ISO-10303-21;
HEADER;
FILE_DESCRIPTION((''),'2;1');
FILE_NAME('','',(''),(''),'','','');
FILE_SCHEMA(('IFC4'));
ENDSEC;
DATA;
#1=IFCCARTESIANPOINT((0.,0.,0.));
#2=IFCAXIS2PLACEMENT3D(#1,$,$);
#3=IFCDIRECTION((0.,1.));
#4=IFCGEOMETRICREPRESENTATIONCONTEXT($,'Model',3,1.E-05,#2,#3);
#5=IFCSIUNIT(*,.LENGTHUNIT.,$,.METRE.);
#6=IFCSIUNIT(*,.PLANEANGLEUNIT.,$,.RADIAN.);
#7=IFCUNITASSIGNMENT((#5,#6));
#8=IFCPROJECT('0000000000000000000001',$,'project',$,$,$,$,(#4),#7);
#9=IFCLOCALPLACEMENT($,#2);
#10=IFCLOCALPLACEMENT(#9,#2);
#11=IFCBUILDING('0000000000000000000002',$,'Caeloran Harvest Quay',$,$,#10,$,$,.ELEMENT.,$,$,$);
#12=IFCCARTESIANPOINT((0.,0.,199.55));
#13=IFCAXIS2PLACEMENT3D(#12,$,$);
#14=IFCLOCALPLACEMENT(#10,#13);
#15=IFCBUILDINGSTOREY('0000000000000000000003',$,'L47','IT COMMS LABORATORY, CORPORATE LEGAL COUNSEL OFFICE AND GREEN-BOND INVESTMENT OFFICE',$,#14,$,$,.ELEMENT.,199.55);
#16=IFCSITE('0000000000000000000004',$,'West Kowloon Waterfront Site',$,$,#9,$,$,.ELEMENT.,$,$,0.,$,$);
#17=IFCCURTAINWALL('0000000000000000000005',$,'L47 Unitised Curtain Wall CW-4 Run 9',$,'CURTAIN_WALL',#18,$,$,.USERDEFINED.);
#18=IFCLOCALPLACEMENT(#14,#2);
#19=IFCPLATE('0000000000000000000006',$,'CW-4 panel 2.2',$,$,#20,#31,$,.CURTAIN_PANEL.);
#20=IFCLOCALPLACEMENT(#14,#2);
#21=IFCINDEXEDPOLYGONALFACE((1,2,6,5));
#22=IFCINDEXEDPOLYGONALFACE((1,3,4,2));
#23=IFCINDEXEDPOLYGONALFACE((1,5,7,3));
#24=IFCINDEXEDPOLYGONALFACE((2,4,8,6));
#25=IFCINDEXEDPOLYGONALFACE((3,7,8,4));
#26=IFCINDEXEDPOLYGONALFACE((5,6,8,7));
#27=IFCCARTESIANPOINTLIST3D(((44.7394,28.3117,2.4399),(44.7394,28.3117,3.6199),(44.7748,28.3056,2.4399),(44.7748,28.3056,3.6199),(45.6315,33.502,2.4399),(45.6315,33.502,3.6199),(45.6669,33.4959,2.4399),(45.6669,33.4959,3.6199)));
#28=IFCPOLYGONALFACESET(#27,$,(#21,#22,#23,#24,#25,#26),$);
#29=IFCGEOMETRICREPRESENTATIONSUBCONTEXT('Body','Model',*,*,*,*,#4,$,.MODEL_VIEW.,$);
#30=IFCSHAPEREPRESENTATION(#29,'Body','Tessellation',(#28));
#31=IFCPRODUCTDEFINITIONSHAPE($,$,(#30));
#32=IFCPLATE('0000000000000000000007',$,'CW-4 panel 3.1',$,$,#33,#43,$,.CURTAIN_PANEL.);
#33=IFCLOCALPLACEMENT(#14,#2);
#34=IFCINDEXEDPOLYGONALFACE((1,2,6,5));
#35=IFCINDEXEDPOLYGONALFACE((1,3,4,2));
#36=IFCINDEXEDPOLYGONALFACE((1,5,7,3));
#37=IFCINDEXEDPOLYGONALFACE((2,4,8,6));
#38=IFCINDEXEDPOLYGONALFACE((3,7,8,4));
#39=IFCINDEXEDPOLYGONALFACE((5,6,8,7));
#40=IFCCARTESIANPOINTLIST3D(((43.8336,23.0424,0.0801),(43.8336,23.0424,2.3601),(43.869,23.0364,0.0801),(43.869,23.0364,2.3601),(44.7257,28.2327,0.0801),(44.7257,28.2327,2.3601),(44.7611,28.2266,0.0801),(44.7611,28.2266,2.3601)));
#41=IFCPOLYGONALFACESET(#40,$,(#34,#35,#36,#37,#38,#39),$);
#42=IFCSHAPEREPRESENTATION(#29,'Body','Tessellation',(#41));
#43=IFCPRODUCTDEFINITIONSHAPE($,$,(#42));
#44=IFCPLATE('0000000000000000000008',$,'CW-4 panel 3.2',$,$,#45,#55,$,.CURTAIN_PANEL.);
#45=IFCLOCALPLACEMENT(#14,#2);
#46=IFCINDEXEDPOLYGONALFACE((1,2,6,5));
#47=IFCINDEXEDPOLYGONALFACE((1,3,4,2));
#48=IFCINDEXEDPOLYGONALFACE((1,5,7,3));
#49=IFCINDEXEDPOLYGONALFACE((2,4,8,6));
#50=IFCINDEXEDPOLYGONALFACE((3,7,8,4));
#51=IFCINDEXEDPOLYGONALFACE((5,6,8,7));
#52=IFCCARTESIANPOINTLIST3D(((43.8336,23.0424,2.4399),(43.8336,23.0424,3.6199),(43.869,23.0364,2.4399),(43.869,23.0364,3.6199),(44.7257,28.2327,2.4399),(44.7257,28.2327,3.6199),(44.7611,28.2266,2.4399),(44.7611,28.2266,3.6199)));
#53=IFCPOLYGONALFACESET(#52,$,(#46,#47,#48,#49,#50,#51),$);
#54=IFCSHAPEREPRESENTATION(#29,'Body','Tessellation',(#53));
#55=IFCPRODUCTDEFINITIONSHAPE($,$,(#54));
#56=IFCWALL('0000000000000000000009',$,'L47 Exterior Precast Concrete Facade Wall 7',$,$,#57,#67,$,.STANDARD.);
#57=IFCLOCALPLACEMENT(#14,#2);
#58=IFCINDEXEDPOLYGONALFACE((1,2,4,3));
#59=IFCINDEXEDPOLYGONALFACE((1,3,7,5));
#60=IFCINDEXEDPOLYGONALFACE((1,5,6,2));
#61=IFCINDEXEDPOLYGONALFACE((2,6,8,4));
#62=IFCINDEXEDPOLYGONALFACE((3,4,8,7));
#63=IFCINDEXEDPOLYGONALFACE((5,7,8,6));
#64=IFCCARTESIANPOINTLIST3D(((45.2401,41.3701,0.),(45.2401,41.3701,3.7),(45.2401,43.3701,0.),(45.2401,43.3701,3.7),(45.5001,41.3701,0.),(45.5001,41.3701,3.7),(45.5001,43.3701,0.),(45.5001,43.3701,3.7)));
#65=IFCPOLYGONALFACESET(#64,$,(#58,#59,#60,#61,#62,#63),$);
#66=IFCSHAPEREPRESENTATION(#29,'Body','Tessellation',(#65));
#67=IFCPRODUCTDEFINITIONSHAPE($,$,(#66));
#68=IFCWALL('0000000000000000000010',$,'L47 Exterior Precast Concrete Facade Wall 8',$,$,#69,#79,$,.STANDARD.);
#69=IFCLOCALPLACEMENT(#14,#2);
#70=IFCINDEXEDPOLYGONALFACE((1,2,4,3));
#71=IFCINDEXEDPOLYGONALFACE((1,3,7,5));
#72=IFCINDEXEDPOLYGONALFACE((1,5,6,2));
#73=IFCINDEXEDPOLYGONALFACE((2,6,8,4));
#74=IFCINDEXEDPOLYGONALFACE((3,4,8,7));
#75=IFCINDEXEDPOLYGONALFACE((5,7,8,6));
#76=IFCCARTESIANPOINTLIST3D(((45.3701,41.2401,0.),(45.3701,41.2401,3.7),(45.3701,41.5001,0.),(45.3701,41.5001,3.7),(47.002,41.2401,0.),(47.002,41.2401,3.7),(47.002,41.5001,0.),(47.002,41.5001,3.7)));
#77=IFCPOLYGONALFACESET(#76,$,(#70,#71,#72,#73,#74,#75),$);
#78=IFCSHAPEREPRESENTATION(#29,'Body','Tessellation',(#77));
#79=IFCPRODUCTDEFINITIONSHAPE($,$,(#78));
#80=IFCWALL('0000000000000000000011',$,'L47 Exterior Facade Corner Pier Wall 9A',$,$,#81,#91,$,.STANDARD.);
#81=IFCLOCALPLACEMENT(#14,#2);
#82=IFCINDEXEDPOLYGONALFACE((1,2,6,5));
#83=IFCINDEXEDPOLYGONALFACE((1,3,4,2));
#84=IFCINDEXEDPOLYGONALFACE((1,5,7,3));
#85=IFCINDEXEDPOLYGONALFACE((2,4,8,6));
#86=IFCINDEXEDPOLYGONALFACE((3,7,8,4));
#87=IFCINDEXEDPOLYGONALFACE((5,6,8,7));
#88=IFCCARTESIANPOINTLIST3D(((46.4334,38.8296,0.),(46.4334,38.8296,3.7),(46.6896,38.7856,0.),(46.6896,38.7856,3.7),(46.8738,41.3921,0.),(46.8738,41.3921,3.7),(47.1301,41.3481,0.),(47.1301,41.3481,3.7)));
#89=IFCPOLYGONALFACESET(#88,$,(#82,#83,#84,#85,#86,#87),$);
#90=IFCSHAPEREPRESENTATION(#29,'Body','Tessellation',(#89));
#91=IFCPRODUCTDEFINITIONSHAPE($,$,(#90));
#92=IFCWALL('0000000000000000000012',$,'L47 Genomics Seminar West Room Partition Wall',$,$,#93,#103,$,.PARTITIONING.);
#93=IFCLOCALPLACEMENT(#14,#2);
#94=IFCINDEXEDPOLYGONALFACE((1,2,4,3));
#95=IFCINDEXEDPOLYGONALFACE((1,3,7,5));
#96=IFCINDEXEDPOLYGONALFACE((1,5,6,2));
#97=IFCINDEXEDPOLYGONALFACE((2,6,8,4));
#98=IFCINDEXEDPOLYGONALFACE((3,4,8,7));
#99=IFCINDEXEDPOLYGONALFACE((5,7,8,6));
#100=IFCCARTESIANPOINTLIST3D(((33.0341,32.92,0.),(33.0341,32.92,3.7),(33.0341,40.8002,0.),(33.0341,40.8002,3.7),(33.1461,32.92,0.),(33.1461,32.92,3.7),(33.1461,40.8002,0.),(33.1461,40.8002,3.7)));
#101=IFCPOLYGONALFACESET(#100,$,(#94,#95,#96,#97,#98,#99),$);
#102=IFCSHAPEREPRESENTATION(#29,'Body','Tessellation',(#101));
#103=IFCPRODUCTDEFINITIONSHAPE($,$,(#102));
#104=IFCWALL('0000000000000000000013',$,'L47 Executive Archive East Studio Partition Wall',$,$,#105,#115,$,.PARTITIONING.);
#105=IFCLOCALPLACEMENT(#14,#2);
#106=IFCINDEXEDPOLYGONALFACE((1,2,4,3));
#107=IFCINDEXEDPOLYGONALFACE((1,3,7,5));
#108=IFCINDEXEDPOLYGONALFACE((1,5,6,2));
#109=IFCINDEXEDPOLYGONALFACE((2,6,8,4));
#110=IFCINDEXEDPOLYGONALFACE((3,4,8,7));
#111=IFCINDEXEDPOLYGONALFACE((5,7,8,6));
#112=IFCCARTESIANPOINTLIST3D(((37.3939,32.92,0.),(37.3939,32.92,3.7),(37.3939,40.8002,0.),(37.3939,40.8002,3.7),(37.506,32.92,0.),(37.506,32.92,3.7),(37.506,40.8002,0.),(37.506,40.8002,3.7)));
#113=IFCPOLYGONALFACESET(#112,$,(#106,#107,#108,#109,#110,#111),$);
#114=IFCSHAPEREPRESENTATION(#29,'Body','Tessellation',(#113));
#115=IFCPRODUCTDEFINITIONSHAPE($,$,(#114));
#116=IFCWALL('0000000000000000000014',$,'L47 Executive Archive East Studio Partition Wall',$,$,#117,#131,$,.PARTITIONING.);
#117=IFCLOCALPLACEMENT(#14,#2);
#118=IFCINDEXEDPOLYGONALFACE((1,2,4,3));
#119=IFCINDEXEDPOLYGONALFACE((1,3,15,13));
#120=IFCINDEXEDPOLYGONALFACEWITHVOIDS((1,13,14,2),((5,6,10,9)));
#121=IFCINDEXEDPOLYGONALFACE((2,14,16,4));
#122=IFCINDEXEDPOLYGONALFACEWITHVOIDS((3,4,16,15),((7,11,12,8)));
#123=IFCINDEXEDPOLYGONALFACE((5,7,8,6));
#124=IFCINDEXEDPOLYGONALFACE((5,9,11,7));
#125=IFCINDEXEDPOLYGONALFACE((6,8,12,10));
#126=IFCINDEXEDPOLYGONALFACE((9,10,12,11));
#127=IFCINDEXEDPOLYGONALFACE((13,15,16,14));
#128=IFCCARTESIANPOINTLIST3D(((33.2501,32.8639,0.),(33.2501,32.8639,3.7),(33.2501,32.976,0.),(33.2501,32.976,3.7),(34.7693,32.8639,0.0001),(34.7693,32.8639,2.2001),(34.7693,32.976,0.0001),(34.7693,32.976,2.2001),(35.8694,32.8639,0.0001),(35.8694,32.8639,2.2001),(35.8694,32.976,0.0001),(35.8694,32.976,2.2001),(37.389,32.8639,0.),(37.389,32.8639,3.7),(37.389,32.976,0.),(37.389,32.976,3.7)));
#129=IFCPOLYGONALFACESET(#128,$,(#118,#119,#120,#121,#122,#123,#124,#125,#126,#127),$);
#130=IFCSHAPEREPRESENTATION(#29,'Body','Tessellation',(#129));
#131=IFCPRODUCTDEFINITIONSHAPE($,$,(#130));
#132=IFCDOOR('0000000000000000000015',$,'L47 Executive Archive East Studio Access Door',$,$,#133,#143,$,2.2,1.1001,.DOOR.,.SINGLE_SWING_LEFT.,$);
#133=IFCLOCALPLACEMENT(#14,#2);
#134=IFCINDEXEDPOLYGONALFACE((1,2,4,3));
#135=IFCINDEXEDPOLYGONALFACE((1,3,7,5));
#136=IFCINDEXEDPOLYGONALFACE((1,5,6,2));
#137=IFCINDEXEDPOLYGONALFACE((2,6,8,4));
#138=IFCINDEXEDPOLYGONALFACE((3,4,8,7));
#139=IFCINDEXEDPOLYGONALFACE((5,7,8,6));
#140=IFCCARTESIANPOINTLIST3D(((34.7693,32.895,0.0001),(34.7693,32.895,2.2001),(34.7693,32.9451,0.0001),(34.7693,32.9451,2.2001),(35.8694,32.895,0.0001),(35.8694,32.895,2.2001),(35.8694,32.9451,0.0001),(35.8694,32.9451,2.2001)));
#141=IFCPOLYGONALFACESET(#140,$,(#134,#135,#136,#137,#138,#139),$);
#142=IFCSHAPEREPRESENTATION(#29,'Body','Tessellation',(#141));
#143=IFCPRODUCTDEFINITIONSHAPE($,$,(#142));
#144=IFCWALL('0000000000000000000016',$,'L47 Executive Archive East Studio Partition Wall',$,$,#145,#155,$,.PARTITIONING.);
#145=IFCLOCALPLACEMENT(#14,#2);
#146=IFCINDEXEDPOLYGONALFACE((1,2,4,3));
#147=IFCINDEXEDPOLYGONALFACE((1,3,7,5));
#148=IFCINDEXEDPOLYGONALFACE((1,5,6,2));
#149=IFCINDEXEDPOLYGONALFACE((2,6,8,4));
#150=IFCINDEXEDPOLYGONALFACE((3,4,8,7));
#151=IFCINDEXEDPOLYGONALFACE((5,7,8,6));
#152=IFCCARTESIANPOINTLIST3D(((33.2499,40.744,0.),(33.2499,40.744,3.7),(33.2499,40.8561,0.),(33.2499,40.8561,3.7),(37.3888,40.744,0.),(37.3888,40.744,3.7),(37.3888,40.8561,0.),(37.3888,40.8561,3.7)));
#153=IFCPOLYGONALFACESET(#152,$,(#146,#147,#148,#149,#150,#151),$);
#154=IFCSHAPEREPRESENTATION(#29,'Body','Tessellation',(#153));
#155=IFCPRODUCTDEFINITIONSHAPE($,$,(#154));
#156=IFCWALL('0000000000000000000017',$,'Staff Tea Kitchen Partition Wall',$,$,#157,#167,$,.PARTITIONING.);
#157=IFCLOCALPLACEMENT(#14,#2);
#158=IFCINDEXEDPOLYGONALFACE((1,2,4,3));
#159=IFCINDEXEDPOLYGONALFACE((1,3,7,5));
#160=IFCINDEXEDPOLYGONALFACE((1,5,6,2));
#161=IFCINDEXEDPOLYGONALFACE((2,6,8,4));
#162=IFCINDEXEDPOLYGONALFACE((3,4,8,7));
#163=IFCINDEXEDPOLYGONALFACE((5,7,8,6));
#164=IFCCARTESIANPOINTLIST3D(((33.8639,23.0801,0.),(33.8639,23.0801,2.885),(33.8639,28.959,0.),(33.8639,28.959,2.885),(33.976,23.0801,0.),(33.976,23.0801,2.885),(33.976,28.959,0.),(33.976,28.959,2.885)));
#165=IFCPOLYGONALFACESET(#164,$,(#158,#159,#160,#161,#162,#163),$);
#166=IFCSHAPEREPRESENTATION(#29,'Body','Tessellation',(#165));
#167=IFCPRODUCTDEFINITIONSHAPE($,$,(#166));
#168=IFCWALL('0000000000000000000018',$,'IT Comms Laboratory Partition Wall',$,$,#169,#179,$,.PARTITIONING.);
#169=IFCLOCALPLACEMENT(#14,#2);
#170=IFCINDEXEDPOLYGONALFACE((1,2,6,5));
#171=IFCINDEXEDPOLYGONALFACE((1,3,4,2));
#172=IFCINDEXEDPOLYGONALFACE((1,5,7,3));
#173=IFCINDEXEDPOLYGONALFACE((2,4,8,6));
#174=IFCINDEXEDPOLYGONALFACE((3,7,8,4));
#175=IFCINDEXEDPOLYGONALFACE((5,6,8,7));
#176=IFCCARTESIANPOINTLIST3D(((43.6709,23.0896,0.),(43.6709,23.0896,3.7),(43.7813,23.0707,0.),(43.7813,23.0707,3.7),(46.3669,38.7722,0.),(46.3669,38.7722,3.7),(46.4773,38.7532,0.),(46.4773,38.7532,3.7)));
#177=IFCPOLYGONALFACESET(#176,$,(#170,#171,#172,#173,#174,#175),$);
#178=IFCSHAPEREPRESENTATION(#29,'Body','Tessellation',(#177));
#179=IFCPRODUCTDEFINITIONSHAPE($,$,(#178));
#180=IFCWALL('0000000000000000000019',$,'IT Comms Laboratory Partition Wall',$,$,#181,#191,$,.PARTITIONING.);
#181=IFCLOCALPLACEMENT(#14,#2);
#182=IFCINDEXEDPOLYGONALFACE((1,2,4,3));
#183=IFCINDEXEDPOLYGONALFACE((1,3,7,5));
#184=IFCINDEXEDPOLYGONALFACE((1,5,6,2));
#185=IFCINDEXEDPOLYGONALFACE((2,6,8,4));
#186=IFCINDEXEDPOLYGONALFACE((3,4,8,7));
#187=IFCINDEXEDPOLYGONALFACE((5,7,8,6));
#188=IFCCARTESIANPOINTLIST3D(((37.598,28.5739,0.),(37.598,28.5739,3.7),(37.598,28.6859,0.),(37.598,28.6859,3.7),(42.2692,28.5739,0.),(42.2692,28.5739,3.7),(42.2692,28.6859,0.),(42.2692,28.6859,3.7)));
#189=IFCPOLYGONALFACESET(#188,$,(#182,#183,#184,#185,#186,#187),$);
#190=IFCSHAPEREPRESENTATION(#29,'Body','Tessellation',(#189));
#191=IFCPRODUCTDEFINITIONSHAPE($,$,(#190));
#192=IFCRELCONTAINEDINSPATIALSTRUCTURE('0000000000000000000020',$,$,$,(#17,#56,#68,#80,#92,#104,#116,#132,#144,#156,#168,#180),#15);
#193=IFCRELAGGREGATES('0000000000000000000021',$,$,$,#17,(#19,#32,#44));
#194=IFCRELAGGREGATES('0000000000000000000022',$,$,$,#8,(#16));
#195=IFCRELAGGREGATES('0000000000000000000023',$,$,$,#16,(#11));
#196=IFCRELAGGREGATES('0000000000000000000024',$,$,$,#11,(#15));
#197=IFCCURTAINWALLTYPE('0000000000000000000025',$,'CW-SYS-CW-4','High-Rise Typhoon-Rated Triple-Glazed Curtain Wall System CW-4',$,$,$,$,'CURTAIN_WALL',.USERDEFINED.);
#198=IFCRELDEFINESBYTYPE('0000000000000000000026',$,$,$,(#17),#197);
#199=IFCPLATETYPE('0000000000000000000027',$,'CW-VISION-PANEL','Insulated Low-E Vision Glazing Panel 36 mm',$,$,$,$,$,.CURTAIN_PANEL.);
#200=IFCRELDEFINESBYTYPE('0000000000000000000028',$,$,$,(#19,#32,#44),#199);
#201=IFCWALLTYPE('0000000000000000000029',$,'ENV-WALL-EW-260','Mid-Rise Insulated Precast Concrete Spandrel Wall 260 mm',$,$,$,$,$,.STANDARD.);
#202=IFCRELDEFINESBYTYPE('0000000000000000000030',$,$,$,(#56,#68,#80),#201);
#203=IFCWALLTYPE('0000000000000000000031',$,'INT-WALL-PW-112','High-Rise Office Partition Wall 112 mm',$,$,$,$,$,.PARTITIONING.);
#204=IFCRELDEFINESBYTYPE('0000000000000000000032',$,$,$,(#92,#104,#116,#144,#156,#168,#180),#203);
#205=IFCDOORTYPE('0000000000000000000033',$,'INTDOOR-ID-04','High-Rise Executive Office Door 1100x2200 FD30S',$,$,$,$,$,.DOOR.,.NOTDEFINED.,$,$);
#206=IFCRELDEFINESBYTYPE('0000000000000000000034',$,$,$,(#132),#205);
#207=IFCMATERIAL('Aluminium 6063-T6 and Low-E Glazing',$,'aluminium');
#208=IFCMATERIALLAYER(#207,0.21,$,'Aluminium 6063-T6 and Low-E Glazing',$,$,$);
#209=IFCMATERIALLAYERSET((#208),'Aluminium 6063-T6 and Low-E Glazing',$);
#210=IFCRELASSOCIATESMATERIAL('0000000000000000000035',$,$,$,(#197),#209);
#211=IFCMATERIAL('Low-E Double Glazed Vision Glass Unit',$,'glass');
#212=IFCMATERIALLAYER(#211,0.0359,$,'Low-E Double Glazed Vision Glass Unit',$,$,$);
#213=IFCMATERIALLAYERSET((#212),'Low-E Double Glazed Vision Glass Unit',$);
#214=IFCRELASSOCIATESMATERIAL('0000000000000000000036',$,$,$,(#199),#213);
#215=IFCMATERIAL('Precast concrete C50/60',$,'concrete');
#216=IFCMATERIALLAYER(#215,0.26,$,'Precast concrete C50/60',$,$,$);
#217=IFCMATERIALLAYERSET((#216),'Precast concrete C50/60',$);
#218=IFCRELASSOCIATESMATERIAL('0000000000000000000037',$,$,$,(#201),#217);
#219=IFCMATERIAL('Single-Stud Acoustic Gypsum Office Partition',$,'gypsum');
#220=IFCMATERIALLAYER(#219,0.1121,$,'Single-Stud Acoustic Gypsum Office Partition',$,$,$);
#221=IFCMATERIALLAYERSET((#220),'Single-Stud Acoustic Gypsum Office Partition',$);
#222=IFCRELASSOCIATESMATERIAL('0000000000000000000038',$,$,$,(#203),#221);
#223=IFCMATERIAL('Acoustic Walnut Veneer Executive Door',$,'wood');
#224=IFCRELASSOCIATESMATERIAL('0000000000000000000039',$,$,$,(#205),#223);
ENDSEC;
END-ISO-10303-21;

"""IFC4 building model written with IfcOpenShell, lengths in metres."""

from ifc_helpers import new_model, si_unit, direction, frame, frame_2d, origin, origin_2d, place, context, subcontext, project, spatial, rectangle, extrude, material, layer, layer_set, type_object, element, fill, aggregate, save


model = new_model("IFC4")

# Units and contexts
model_context = context("Model", 3, precision=1e-05, world=origin(), true_north=direction((0.0, 1.0)))
body_context = subcontext(model_context, "Body", "Model", "MODEL_VIEW")
ifc_project = project(units=[si_unit("LENGTHUNIT", "METRE"), si_unit("PLANEANGLEUNIT", "RADIAN")], contexts=[model_context])

# Site, building, storey
site_placement = place(None, origin())
site = spatial("IfcSite", under=ifc_project, at=site_placement, Name="West Kowloon Waterfront Site", CompositionType="ELEMENT", RefElevation=0.0)
building_placement = place(site_placement, origin())
building = spatial("IfcBuilding", under=site, at=building_placement, Name="Caeloran Harvest Quay", CompositionType="ELEMENT")
storey_placement = place(building_placement, frame((0.0, 0.0, 199.55)))
storey = spatial("IfcBuildingStorey", under=building, at=storey_placement, Name="L47", Description="IT COMMS LABORATORY, CORPORATE LEGAL COUNSEL OFFICE AND GREEN-BOND INVESTMENT OFFICE", CompositionType="ELEMENT", Elevation=199.55)

# Curtain wall, plates
ifc_material_1 = material(Name="Aluminium 6063-T6 and Low-E Glazing", Category="aluminium")
ifc_layer_1 = layer(ifc_material_1, 0.21, Name="Aluminium 6063-T6 and Low-E Glazing")
ifc_layer_set_1 = layer_set([ifc_layer_1], Name="Aluminium 6063-T6 and Low-E Glazing")
curtain_wall_type = type_object("IfcCurtainWallType", Name="CW-SYS-CW-4", Description="High-Rise Typhoon-Rated Triple-Glazed Curtain Wall System CW-4", ElementType="CURTAIN_WALL", PredefinedType="USERDEFINED", material=ifc_layer_set_1)
curtain_wall_placement = place(storey_placement, origin())
curtain_wall = element("IfcCurtainWall", 1, at=curtain_wall_placement, inside=storey, type_object=curtain_wall_type, Name="L47 Unitised Curtain Wall CW-4 Run 9", ObjectType="CURTAIN_WALL", PredefinedType="USERDEFINED")
ifc_material_2 = material(Name="Low-E Double Glazed Vision Glass Unit", Category="glass")
ifc_layer_2 = layer(ifc_material_2, 0.0359, Name="Low-E Double Glazed Vision Glass Unit")
ifc_layer_set_2 = layer_set([ifc_layer_2], Name="Low-E Double Glazed Vision Glass Unit")
plate_type = type_object("IfcPlateType", Name="CW-VISION-PANEL", Description="Insulated Low-E Vision Glazing Panel 36 mm", PredefinedType="CURTAIN_PANEL", material=ifc_layer_set_2)
plate_1_placement = place(storey_placement, frame((45.2031, 30.9038, 2.4399), z_axis=(0.0, 0.0, 1.0), x_axis=(-0.169392, -0.985549, 0.0)))
plate_1 = element("IfcPlate", 2, at=plate_1_placement, type_object=plate_type, Name="CW-4 panel 2.2", PredefinedType="CURTAIN_PANEL", context=body_context, shape_type="SweptSolid", body=[
    extrude(rectangle(XDim=5.2664, YDim=0.0359, at=origin_2d()), origin(), (0.0, 0.0, 1.0), 1.1799),
])
plate_2_placement = place(storey_placement, frame((44.2974, 25.6345, 0.0801), z_axis=(0.0, 0.0, 1.0), x_axis=(-0.169392, -0.985549, 0.0)))
plate_2 = element("IfcPlate", 3, at=plate_2_placement, type_object=plate_type, Name="CW-4 panel 3.1", PredefinedType="CURTAIN_PANEL", context=body_context, shape_type="SweptSolid", body=[
    extrude(rectangle(XDim=5.2664, YDim=0.0359, at=origin_2d()), origin(), (0.0, 0.0, 1.0), 2.28),
])
plate_3_placement = place(storey_placement, frame((44.2974, 25.6345, 2.4399), z_axis=(0.0, 0.0, 1.0), x_axis=(-0.169392, -0.985549, 0.0)))
plate_3 = element("IfcPlate", 4, at=plate_3_placement, type_object=plate_type, Name="CW-4 panel 3.2", PredefinedType="CURTAIN_PANEL", context=body_context, shape_type="SweptSolid", body=[
    extrude(rectangle(XDim=5.2664, YDim=0.0359, at=origin_2d()), origin(), (0.0, 0.0, 1.0), 1.1799),
])
aggregate(curtain_wall, [plate_1, plate_2, plate_3])

# Walls
ifc_material_3 = material(Name="Precast concrete C50/60", Category="concrete")
ifc_layer_3 = layer(ifc_material_3, 0.26, Name="Precast concrete C50/60")
ifc_layer_set_3 = layer_set([ifc_layer_3], Name="Precast concrete C50/60")
wall_type_1 = type_object("IfcWallType", Name="ENV-WALL-EW-260", Description="Mid-Rise Insulated Precast Concrete Spandrel Wall 260 mm", PredefinedType="STANDARD", material=ifc_layer_set_3)
wall_1_placement = place(storey_placement, frame((45.3701, 43.3701, 0.0), z_axis=(0.0, 0.0, 1.0), x_axis=(0.0, -1.0, 0.0)))
element("IfcWall", 5, at=wall_1_placement, inside=storey, type_object=wall_type_1, Name="L47 Exterior Precast Concrete Facade Wall 7", PredefinedType="STANDARD", context=body_context, shape_type="SweptSolid", body=[
    extrude(rectangle(XDim=2.0, YDim=0.26, at=frame_2d((1.0, 0.0))), origin(), (0.0, 0.0, 1.0), 3.7),
])
wall_2_placement = place(storey_placement, frame((45.3701, 41.3701, 0.0), z_axis=(0.0, 0.0, 1.0), x_axis=(1.0, 0.0, 0.0)))
element("IfcWall", 6, at=wall_2_placement, inside=storey, type_object=wall_type_1, Name="L47 Exterior Precast Concrete Facade Wall 8", PredefinedType="STANDARD", context=body_context, shape_type="SweptSolid", body=[
    extrude(rectangle(XDim=1.6318, YDim=0.26, at=frame_2d((0.8159, 0.0))), origin(), (0.0, 0.0, 1.0), 3.7),
])
wall_3_placement = place(storey_placement, frame((47.002, 41.3701, 0.0), z_axis=(0.0, 0.0, 1.0), x_axis=(-0.169391, -0.985549, 0.0)))
element("IfcWall", 7, at=wall_3_placement, inside=storey, type_object=wall_type_1, Name="L47 Exterior Facade Corner Pier Wall 9A", PredefinedType="STANDARD", context=body_context, shape_type="SweptSolid", body=[
    extrude(rectangle(XDim=2.6001, YDim=0.26, at=frame_2d((1.3, 0.0))), origin(), (0.0, 0.0, 1.0), 3.7),
])
ifc_material_4 = material(Name="Single-Stud Acoustic Gypsum Office Partition", Category="gypsum")
ifc_layer_4 = layer(ifc_material_4, 0.1121, Name="Single-Stud Acoustic Gypsum Office Partition")
ifc_layer_set_4 = layer_set([ifc_layer_4], Name="Single-Stud Acoustic Gypsum Office Partition")
wall_type_2 = type_object("IfcWallType", Name="INT-WALL-PW-112", Description="High-Rise Office Partition Wall 112 mm", PredefinedType="PARTITIONING", material=ifc_layer_set_4)
for number, where, z_axis, x_axis, name in (
    (8, (33.0901, 40.8, 0.0), (0.0, 0.0, 1.0), (0.0, -1.0, 0.0), "L47 Genomics Seminar West Room Partition Wall"),
    (9, (37.45, 40.8, 0.0), (0.0, 0.0, 1.0), (0.0, -1.0, 0.0), "L47 Executive Archive East Studio Partition Wall"),
):
    element("IfcWall", number, at=place(storey_placement, frame(where, z_axis=z_axis, x_axis=x_axis)), inside=storey, type_object=wall_type_2, Name=name, PredefinedType="PARTITIONING", context=body_context, shape_type="SweptSolid", body=[
        extrude(rectangle(XDim=7.8801, YDim=0.1121, at=frame_2d((3.9399, 0.0))), origin(), (0.0, 0.0, 1.0), 3.7),
    ])

# Wall, opening, door
wall_4_placement = place(storey_placement, frame((37.3889, 32.9199, 0.0), z_axis=(0.0, 0.0, 1.0), x_axis=(-1.0, 0.0, 0.0)))
wall_4 = element("IfcWall", 10, at=wall_4_placement, inside=storey, type_object=wall_type_2, Name="L47 Executive Archive East Studio Partition Wall", PredefinedType="PARTITIONING", context=body_context, shape_type="SweptSolid", body=[
    extrude(rectangle(XDim=4.1389, YDim=0.1121, at=frame_2d((2.0693, 0.0))), origin(), (0.0, 0.0, 1.0), 3.7),
])
opening_1_placement = place(wall_4_placement, frame((1.5195, 0.0, 0.0)))
opening_1 = element("IfcOpeningElement", 11, at=opening_1_placement, cuts=wall_4, PredefinedType="OPENING", context=body_context, shape_type="SweptSolid", body=[
    extrude(rectangle(XDim=1.1001, YDim=2.2, at=frame_2d((0.55, 1.1001))), frame((0.0, 0.0659, 0.0), z_axis=(0.0, -1.0, 0.0), x_axis=(1.0, 0.0, 0.0)), (0.0, 0.0, 1.0), 0.1321),
])
ifc_material_5 = material(Name="Acoustic Walnut Veneer Executive Door", Category="wood")
door_type = type_object("IfcDoorType", Name="INTDOOR-ID-04", Description="High-Rise Executive Office Door 1100x2200 FD30S", OperationType="NOTDEFINED", PredefinedType="DOOR", material=ifc_material_5)
door_1_placement = place(opening_1_placement, origin())
door_1 = element("IfcDoor", 12, at=door_1_placement, inside=storey, type_object=door_type, Name="L47 Executive Archive East Studio Access Door", OperationType="SINGLE_SWING_LEFT", OverallHeight=2.2, OverallWidth=1.1001, PredefinedType="DOOR", context=body_context, shape_type="SweptSolid", body=[
    extrude(rectangle(XDim=1.1001, YDim=2.2, at=frame_2d((0.55, 1.1001))), frame((0.0, 0.0249, 0.0), z_axis=(0.0, -1.0, 0.0), x_axis=(1.0, 0.0, 0.0)), (0.0, 0.0, 1.0), 0.05),
])
fill(opening_1, door_1)

# Walls
wall_5_placement = place(storey_placement, frame((33.25, 40.8, 0.0), z_axis=(0.0, 0.0, 1.0), x_axis=(1.0, 0.0, 0.0)))
element("IfcWall", 13, at=wall_5_placement, inside=storey, type_object=wall_type_2, Name="L47 Executive Archive East Studio Partition Wall", PredefinedType="PARTITIONING", context=body_context, shape_type="SweptSolid", body=[
    extrude(rectangle(XDim=4.1389, YDim=0.1121, at=frame_2d((2.0693, 0.0))), origin(), (0.0, 0.0, 1.0), 3.7),
])
wall_6_placement = place(storey_placement, frame((33.9199, 28.959, 0.0), z_axis=(0.0, 0.0, 1.0), x_axis=(0.0, -1.0, 0.0)))
element("IfcWall", 14, at=wall_6_placement, inside=storey, type_object=wall_type_2, Name="Staff Tea Kitchen Partition Wall", PredefinedType="PARTITIONING", context=body_context, shape_type="SweptSolid", body=[
    extrude(rectangle(XDim=5.8789, YDim=0.1121, at=frame_2d((2.9395, 0.0))), origin(), (0.0, 0.0, 1.0), 2.885),
])
wall_7_placement = place(storey_placement, frame((46.4221, 38.7627, 0.0), z_axis=(0.0, 0.0, 1.0), x_axis=(-0.169428, -0.985543, 0.0)))
element("IfcWall", 15, at=wall_7_placement, inside=storey, type_object=wall_type_2, Name="IT Comms Laboratory Partition Wall", PredefinedType="PARTITIONING", context=body_context, shape_type="SweptSolid", body=[
    extrude(rectangle(XDim=15.9126, YDim=0.1121, at=frame_2d((7.9563, 0.0))), origin(), (0.0, 0.0, 1.0), 3.7),
])
wall_8_placement = place(storey_placement, frame((42.269, 28.6299, 0.0), z_axis=(0.0, 0.0, 1.0), x_axis=(-1.0, 0.0, 0.0)))
element("IfcWall", 16, at=wall_8_placement, inside=storey, type_object=wall_type_2, Name="IT Comms Laboratory Partition Wall", PredefinedType="PARTITIONING", context=body_context, shape_type="SweptSolid", body=[
    extrude(rectangle(XDim=4.6711, YDim=0.1121, at=frame_2d((2.3354, 0.0))), origin(), (0.0, 0.0, 1.0), 3.7),
])

save(model, "model.ifc")
